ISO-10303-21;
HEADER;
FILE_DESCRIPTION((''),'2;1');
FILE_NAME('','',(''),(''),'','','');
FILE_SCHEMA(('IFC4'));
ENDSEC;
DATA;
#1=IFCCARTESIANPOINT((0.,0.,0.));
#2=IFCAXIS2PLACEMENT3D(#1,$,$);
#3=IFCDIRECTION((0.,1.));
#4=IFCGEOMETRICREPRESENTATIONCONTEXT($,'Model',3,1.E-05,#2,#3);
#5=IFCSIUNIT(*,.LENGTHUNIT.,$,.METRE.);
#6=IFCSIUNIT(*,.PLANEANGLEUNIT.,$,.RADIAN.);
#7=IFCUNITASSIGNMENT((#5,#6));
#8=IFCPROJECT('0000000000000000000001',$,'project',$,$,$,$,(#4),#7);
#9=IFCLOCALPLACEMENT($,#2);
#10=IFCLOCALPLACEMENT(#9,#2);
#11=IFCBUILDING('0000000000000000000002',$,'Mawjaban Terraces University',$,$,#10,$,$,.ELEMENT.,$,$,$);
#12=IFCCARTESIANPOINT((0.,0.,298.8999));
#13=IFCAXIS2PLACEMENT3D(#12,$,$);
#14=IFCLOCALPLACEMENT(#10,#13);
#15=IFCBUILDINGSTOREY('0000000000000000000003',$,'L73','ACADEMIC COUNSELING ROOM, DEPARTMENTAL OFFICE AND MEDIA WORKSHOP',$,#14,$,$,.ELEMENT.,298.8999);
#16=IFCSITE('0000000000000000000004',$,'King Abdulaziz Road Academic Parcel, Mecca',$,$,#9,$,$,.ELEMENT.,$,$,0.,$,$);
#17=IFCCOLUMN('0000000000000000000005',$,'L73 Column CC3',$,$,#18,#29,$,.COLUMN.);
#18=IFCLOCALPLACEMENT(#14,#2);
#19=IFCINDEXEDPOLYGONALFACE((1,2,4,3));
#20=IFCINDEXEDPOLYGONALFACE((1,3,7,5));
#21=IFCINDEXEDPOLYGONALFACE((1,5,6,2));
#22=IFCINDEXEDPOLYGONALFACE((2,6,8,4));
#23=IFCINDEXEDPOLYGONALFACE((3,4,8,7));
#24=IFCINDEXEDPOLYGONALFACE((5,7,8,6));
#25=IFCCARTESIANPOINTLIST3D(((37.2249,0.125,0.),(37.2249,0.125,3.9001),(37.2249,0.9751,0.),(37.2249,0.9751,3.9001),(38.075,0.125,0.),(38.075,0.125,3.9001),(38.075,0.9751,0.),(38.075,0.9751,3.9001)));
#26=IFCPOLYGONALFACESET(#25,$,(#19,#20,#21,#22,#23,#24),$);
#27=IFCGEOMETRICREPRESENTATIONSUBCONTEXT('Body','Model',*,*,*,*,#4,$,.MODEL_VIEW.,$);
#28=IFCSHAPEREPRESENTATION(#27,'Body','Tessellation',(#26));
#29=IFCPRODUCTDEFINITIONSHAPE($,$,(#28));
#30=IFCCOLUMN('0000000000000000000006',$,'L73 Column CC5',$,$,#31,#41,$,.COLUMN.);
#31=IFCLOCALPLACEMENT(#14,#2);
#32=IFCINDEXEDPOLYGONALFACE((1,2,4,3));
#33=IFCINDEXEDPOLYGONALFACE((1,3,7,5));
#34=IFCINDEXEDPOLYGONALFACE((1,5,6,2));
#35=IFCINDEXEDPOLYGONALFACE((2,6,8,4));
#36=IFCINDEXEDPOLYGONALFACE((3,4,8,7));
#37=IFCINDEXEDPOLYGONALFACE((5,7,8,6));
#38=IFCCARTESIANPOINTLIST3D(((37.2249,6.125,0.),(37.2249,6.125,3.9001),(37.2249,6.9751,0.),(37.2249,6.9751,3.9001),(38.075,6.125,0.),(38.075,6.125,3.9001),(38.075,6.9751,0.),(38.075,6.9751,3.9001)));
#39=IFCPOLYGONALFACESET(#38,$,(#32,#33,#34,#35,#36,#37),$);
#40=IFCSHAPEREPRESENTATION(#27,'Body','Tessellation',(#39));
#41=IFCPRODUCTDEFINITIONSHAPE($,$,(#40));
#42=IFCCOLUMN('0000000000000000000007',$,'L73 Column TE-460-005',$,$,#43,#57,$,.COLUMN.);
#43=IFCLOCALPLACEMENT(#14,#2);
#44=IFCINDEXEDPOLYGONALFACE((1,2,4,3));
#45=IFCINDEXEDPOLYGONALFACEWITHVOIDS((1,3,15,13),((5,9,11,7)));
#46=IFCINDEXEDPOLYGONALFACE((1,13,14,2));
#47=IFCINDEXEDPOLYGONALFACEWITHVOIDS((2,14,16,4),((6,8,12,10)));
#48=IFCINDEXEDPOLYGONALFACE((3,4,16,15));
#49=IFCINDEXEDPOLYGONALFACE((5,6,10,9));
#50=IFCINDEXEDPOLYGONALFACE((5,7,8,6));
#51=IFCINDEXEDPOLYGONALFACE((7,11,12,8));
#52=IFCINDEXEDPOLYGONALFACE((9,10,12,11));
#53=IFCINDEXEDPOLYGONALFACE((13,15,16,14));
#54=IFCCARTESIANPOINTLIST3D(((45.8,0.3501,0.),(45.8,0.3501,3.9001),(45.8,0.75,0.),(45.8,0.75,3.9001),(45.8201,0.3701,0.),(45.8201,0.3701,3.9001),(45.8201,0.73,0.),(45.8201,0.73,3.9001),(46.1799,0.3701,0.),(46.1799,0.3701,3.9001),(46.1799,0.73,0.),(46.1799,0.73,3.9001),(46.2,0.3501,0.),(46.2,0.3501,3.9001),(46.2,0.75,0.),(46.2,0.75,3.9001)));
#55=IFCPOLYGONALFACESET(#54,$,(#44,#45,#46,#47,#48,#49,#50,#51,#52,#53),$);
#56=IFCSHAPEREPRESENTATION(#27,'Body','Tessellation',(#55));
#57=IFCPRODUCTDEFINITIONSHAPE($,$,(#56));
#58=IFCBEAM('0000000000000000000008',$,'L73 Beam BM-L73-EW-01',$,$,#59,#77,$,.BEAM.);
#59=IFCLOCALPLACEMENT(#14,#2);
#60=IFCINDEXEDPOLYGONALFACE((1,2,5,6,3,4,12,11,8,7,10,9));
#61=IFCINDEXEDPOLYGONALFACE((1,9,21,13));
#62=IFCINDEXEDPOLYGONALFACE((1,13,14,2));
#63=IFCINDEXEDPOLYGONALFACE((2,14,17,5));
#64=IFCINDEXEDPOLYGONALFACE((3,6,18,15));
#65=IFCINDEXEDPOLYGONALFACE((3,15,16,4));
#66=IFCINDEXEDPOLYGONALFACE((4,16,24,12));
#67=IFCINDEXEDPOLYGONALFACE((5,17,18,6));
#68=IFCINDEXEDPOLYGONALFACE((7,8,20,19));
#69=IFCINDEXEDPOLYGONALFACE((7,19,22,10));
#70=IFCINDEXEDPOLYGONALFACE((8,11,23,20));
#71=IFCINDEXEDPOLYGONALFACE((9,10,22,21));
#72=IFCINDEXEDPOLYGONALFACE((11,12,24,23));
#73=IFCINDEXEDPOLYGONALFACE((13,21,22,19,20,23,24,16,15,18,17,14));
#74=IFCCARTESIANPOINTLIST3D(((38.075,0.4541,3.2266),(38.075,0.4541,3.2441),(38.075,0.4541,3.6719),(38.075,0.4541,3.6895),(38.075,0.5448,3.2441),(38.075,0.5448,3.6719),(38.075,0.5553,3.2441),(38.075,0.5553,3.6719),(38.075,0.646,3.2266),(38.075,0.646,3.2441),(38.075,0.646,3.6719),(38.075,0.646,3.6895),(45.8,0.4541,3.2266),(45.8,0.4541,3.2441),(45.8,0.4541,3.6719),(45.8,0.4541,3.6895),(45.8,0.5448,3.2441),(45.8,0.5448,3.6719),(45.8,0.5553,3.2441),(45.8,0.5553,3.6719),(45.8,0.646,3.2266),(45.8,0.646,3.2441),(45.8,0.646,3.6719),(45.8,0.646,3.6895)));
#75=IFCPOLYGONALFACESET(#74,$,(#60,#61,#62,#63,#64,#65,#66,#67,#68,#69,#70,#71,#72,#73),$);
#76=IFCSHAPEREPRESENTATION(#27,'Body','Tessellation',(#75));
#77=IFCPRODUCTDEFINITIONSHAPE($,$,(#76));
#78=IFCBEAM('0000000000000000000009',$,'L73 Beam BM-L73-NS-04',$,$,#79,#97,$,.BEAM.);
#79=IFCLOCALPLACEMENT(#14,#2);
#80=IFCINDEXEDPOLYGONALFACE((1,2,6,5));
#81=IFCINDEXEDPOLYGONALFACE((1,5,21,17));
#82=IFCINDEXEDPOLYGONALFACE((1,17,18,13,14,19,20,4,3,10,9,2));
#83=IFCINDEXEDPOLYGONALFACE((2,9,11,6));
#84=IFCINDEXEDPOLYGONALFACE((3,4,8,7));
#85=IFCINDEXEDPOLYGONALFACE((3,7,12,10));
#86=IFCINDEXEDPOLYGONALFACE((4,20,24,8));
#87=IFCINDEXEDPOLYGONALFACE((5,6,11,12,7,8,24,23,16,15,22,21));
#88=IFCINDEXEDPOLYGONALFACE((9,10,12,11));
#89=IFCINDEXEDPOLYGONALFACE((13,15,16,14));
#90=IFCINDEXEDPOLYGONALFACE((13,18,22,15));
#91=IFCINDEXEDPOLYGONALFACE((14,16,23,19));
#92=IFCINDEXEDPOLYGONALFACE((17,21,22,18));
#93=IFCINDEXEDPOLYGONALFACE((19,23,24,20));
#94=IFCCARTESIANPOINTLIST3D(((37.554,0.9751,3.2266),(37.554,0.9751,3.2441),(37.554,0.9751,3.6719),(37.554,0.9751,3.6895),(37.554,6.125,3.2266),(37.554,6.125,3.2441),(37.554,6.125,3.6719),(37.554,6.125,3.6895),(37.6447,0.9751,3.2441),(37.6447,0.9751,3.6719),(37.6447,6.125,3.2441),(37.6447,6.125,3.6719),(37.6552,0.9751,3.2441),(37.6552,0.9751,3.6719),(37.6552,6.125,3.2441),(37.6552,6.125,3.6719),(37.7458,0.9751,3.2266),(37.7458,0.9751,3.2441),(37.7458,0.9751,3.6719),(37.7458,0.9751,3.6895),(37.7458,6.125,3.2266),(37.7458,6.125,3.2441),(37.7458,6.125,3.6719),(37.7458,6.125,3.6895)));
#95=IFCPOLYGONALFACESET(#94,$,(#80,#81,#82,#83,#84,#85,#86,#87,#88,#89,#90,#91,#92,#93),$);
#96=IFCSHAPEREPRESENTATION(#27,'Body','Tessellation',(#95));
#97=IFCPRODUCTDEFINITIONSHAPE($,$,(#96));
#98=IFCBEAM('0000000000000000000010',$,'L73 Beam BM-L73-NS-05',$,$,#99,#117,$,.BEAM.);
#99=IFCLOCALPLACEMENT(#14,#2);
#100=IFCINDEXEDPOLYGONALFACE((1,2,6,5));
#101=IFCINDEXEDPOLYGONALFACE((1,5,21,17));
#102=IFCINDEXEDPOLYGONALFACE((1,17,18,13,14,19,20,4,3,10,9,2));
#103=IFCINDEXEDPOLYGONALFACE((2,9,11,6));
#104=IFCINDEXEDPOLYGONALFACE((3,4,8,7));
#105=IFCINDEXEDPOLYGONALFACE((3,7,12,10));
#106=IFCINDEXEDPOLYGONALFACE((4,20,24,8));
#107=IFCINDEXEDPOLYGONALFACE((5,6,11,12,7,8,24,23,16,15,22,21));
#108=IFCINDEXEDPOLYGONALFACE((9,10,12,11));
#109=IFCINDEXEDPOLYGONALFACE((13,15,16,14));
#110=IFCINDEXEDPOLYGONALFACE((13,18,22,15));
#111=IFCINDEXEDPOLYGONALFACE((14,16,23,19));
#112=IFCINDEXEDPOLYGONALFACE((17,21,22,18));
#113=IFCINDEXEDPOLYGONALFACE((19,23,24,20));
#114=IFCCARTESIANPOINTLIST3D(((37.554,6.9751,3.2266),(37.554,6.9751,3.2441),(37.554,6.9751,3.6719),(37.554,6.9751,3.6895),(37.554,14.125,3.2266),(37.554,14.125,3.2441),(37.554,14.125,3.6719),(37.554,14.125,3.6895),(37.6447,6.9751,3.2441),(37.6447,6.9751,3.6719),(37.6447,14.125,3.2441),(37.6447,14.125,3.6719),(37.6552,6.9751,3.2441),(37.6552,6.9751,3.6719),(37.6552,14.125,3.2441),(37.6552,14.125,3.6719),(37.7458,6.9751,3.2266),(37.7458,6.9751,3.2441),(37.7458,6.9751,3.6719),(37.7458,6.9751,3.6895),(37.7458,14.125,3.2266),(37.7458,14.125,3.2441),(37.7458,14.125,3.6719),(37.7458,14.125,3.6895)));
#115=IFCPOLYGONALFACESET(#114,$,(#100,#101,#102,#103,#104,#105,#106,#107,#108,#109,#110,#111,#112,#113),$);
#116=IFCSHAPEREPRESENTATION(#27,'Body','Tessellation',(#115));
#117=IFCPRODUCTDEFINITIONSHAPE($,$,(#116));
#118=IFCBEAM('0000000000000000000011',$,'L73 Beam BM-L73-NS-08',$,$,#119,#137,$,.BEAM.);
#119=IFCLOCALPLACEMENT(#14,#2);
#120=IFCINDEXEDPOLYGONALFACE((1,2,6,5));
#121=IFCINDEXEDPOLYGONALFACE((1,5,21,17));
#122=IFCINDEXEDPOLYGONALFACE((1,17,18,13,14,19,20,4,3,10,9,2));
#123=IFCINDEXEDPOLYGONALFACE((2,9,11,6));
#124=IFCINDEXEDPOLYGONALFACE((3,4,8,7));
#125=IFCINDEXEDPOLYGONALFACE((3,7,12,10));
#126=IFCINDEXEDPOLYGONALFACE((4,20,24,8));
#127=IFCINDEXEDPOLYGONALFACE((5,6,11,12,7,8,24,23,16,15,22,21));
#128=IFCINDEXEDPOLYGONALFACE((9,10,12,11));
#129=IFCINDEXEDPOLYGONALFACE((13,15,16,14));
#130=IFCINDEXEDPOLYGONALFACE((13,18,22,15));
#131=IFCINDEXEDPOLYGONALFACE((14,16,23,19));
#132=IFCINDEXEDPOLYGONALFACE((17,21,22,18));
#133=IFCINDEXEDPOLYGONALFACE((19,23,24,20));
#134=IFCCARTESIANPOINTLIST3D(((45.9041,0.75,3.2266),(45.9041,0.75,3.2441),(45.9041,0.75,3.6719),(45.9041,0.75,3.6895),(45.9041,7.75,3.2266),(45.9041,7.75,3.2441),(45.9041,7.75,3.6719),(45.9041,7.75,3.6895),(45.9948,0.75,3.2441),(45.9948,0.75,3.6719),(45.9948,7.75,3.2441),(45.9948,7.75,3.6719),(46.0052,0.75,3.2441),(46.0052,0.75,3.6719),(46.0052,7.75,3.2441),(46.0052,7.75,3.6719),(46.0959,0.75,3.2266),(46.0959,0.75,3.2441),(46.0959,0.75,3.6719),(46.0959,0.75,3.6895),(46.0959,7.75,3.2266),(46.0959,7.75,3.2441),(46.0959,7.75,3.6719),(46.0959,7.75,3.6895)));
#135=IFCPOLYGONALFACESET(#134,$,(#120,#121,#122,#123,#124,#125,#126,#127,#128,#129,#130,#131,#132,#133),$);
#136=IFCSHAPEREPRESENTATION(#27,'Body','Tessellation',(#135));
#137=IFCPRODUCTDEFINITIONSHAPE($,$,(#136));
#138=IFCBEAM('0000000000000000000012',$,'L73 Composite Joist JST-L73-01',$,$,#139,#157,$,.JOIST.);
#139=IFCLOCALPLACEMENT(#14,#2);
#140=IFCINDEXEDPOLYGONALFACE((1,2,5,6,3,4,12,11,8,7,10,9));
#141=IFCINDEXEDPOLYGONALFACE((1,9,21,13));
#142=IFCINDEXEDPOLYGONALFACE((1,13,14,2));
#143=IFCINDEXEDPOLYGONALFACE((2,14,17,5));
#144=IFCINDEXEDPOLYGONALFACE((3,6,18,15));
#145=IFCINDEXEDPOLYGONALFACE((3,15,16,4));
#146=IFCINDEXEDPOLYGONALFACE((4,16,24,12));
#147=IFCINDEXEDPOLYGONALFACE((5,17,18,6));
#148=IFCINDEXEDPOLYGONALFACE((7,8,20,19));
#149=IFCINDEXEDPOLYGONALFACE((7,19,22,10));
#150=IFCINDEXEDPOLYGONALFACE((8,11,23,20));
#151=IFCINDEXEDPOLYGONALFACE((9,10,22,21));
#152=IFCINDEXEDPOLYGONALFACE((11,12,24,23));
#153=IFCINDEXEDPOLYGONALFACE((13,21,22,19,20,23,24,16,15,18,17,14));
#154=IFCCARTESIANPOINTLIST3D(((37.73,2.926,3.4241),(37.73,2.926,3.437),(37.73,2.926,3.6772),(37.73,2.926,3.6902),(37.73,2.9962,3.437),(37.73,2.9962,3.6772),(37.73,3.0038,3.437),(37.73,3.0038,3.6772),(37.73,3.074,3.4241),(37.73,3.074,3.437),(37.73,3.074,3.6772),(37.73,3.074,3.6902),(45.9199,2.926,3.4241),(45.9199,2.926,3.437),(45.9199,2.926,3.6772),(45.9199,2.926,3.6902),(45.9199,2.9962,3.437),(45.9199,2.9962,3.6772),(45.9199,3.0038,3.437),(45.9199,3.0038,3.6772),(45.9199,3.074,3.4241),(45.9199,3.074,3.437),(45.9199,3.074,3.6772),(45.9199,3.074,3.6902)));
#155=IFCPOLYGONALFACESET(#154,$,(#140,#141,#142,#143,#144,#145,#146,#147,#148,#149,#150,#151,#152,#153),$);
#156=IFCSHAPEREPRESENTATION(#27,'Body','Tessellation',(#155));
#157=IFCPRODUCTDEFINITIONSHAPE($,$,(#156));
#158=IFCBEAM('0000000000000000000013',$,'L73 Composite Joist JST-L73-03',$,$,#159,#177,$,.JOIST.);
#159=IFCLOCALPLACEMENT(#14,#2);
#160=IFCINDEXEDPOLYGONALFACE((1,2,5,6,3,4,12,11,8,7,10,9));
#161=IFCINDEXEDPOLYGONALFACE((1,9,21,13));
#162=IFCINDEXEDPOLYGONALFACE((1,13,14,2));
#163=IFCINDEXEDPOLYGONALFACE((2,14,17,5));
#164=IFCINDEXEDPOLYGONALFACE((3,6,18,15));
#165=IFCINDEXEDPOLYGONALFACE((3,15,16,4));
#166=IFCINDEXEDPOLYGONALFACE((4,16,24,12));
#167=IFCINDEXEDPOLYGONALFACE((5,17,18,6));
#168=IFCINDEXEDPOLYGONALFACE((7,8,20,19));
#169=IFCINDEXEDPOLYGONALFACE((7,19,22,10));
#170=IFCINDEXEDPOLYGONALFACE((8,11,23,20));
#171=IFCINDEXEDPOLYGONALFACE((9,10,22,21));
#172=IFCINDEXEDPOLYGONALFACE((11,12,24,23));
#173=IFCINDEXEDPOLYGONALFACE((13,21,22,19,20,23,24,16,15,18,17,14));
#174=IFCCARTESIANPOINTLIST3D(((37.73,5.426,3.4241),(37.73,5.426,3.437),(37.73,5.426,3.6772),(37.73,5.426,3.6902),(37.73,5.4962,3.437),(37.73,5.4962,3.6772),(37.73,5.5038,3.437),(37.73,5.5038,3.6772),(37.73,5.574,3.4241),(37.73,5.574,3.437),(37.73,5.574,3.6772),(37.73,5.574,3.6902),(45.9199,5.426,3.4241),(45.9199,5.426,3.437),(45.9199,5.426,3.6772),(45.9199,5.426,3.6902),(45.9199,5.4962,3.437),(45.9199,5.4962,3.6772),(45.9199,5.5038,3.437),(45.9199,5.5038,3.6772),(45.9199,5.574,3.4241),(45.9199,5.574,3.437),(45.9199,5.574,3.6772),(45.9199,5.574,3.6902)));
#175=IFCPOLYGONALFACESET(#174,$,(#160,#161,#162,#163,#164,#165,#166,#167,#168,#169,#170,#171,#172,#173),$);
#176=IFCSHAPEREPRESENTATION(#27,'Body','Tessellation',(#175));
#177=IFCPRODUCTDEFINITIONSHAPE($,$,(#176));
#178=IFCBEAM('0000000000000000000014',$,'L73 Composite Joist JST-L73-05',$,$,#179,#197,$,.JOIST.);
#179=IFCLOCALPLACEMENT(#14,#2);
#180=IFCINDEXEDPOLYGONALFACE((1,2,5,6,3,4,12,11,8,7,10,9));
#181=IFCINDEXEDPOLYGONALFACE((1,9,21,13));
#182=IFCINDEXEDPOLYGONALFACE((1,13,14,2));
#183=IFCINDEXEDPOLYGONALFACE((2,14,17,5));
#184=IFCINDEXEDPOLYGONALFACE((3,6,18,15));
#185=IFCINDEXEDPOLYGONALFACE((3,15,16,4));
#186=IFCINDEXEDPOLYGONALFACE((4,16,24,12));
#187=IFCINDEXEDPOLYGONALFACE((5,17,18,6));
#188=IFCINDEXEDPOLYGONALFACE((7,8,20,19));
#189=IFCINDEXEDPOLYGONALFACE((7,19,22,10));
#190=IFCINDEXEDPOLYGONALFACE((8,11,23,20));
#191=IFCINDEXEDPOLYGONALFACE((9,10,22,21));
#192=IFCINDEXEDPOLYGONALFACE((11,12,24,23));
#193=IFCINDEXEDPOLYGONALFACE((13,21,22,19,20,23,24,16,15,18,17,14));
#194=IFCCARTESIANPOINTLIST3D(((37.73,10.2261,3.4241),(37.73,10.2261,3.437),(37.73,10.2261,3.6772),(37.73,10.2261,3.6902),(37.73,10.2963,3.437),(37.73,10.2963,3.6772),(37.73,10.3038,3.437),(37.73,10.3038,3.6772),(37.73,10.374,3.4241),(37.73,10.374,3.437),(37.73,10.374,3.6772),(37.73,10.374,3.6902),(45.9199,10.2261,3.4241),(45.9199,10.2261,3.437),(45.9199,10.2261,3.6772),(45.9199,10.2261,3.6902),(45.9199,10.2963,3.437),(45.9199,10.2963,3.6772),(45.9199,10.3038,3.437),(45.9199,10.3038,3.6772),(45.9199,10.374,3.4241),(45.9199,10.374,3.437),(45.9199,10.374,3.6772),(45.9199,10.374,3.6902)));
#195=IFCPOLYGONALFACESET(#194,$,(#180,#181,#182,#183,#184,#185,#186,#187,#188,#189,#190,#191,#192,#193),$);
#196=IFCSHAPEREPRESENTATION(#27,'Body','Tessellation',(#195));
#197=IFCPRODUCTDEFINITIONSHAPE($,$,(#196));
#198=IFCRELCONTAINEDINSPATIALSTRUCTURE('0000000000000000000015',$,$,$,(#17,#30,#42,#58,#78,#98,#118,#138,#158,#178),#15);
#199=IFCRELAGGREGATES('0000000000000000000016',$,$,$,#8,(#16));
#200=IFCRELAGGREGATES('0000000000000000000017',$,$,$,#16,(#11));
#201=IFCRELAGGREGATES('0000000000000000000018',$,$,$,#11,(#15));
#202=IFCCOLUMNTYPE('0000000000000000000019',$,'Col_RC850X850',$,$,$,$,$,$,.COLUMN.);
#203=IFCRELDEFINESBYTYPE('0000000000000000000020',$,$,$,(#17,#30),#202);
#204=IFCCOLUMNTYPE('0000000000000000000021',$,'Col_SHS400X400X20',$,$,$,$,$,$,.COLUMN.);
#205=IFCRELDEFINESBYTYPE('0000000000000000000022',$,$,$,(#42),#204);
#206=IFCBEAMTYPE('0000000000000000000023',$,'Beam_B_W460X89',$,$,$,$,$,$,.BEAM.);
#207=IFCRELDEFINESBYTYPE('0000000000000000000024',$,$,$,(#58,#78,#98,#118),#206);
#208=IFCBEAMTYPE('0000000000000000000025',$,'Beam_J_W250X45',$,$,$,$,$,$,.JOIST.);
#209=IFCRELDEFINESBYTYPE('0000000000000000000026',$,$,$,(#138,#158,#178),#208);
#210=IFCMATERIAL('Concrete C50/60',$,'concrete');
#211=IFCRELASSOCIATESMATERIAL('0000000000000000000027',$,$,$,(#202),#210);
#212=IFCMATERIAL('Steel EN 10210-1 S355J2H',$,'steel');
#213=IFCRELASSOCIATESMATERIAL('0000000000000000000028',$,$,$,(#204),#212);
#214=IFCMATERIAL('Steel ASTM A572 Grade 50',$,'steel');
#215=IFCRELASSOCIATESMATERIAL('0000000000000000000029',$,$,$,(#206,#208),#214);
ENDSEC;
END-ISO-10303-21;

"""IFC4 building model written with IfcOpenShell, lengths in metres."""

from ifc_helpers import new_model, si_unit, direction, frame, origin, origin_2d, place, context, subcontext, project, spatial, rectangle, hollow_rectangle, i_section, extrude, material, material_profile, profile_set, type_object, element, save


model = new_model("IFC4")

# Units and contexts
model_context = context("Model", 3, precision=1e-05, world=origin(), true_north=direction((0.0, 1.0)))
body_context = subcontext(model_context, "Body", "Model", "MODEL_VIEW")
ifc_project = project(units=[si_unit("LENGTHUNIT", "METRE"), si_unit("PLANEANGLEUNIT", "RADIAN")], contexts=[model_context])

# Site, building, storey
site_placement = place(None, origin())
site = spatial("IfcSite", under=ifc_project, at=site_placement, Name="King Abdulaziz Road Academic Parcel, Mecca", CompositionType="ELEMENT", RefElevation=0.0)
building_placement = place(site_placement, origin())
building = spatial("IfcBuilding", under=site, at=building_placement, Name="Mawjaban Terraces University", CompositionType="ELEMENT")
storey_placement = place(building_placement, frame((0.0, 0.0, 298.8999)))
storey = spatial("IfcBuildingStorey", under=building, at=storey_placement, Name="L73", Description="ACADEMIC COUNSELING ROOM, DEPARTMENTAL OFFICE AND MEDIA WORKSHOP", CompositionType="ELEMENT", Elevation=298.8999)

# Columns
ifc_material_1 = material(Name="Concrete C50/60", Category="concrete")
ifc_material_profile_1 = material_profile(ifc_material_1, rectangle(XDim=0.8501, YDim=0.8501, at=origin_2d()), Name="RC850X850")
ifc_profile_set_1 = profile_set([ifc_material_profile_1], Name="Concrete C50/60")
column_type_1 = type_object("IfcColumnType", Name="Col_RC850X850", PredefinedType="COLUMN", material=ifc_profile_set_1)
for number, where, z_axis, x_axis, name in (
    (1, (37.6499, 0.55, 0.0), (0.0, 0.0, 1.0), (1.0, 0.0, 0.0), "L73 Column CC3"),
    (2, (37.6499, 6.55, 0.0), (0.0, 0.0, 1.0), (1.0, 0.0, 0.0), "L73 Column CC5"),
):
    element("IfcColumn", number, at=place(storey_placement, frame(where, z_axis=z_axis, x_axis=x_axis)), inside=storey, type_object=column_type_1, Name=name, PredefinedType="COLUMN", context=body_context, shape_type="SweptSolid", body=[
        extrude(rectangle(XDim=0.8501, YDim=0.8501, at=origin_2d()), origin(), (0.0, 0.0, 1.0), 3.9001),
    ])
ifc_material_2 = material(Name="Steel EN 10210-1 S355J2H", Category="steel")
ifc_material_profile_2 = material_profile(ifc_material_2, hollow_rectangle(XDim=0.3999, YDim=0.3999, WallThickness=0.02, at=origin_2d()), Name="SHS400X400X20")
ifc_profile_set_2 = profile_set([ifc_material_profile_2], Name="Steel EN 10210-1 S355J2H")
column_type_2 = type_object("IfcColumnType", Name="Col_SHS400X400X20", PredefinedType="COLUMN", material=ifc_profile_set_2)
column_placement = place(storey_placement, frame((46.0, 0.55, 0.0), z_axis=(0.0, 0.0, 1.0), x_axis=(1.0, 0.0, 0.0)))
element("IfcColumn", 3, at=column_placement, inside=storey, type_object=column_type_2, Name="L73 Column TE-460-005", PredefinedType="COLUMN", context=body_context, shape_type="SweptSolid", body=[
    extrude(hollow_rectangle(XDim=0.3999, YDim=0.3999, WallThickness=0.02, at=origin_2d()), origin(), (0.0, 0.0, 1.0), 3.9001),
])

# Beams
ifc_material_3 = material(Name="Steel ASTM A572 Grade 50", Category="steel")
ifc_material_profile_3 = material_profile(ifc_material_3, i_section(OverallWidth=0.1919, OverallDepth=0.4629, WebThickness=0.0105, FlangeThickness=0.0176, at=origin_2d()), Name="W460X89")
ifc_profile_set_3 = profile_set([ifc_material_profile_3], Name="Steel ASTM A572 Grade 50")
beam_type_1 = type_object("IfcBeamType", Name="Beam_B_W460X89", PredefinedType="BEAM", material=ifc_profile_set_3)
beam_1_placement = place(storey_placement, frame((38.075, 0.55, 3.458), z_axis=(1.0, 0.0, 0.0), x_axis=(0.0, 1.0, 0.0)))
element("IfcBeam", 4, at=beam_1_placement, inside=storey, type_object=beam_type_1, Name="L73 Beam BM-L73-EW-01", PredefinedType="BEAM", context=body_context, shape_type="SweptSolid", body=[
    extrude(i_section(OverallWidth=0.1919, OverallDepth=0.4629, WebThickness=0.0105, FlangeThickness=0.0176, at=origin_2d()), origin(), (0.0, 0.0, 1.0), 7.7251),
])
beam_2_placement = place(storey_placement, frame((37.6499, 0.9751, 3.458), z_axis=(0.0, 1.0, 0.0), x_axis=(-1.0, 0.0, 0.0)))
element("IfcBeam", 5, at=beam_2_placement, inside=storey, type_object=beam_type_1, Name="L73 Beam BM-L73-NS-04", PredefinedType="BEAM", context=body_context, shape_type="SweptSolid", body=[
    extrude(i_section(OverallWidth=0.1919, OverallDepth=0.4629, WebThickness=0.0105, FlangeThickness=0.0176, at=origin_2d()), origin(), (0.0, 0.0, 1.0), 5.1499),
])
beam_3_placement = place(storey_placement, frame((37.6499, 6.9751, 3.458), z_axis=(0.0, 1.0, 0.0), x_axis=(-1.0, 0.0, 0.0)))
element("IfcBeam", 6, at=beam_3_placement, inside=storey, type_object=beam_type_1, Name="L73 Beam BM-L73-NS-05", PredefinedType="BEAM", context=body_context, shape_type="SweptSolid", body=[
    extrude(i_section(OverallWidth=0.1919, OverallDepth=0.4629, WebThickness=0.0105, FlangeThickness=0.0176, at=origin_2d()), origin(), (0.0, 0.0, 1.0), 7.1499),
])
beam_4_placement = place(storey_placement, frame((46.0, 0.75, 3.458), z_axis=(0.0, 1.0, 0.0), x_axis=(-1.0, 0.0, 0.0)))
element("IfcBeam", 7, at=beam_4_placement, inside=storey, type_object=beam_type_1, Name="L73 Beam BM-L73-NS-08", PredefinedType="BEAM", context=body_context, shape_type="SweptSolid", body=[
    extrude(i_section(OverallWidth=0.1919, OverallDepth=0.4629, WebThickness=0.0105, FlangeThickness=0.0176, at=origin_2d()), origin(), (0.0, 0.0, 1.0), 7.0),
])
ifc_material_profile_4 = material_profile(ifc_material_3, i_section(OverallWidth=0.1479, OverallDepth=0.2661, WebThickness=0.0076, FlangeThickness=0.0129, at=origin_2d()), Name="W250X45")
ifc_profile_set_4 = profile_set([ifc_material_profile_4], Name="Steel ASTM A572 Grade 50")
beam_type_2 = type_object("IfcBeamType", Name="Beam_J_W250X45", PredefinedType="JOIST", material=ifc_profile_set_4)
for number, where, z_axis, x_axis, name in (
    (8, (37.73, 3.0, 3.5571), (1.0, 0.0, 0.0), (0.0, 1.0, 0.0), "L73 Composite Joist JST-L73-01"),
    (9, (37.73, 5.5, 3.5571), (1.0, 0.0, 0.0), (0.0, 1.0, 0.0), "L73 Composite Joist JST-L73-03"),
    (10, (37.73, 10.3, 3.5571), (1.0, 0.0, 0.0), (0.0, 1.0, 0.0), "L73 Composite Joist JST-L73-05"),
):
    element("IfcBeam", number, at=place(storey_placement, frame(where, z_axis=z_axis, x_axis=x_axis)), inside=storey, type_object=beam_type_2, Name=name, PredefinedType="JOIST", context=body_context, shape_type="SweptSolid", body=[
        extrude(i_section(OverallWidth=0.1479, OverallDepth=0.2661, WebThickness=0.0076, FlangeThickness=0.0129, at=origin_2d()), origin(), (0.0, 0.0, 1.0), 8.1899),
    ])

save(model, "model.ifc")
